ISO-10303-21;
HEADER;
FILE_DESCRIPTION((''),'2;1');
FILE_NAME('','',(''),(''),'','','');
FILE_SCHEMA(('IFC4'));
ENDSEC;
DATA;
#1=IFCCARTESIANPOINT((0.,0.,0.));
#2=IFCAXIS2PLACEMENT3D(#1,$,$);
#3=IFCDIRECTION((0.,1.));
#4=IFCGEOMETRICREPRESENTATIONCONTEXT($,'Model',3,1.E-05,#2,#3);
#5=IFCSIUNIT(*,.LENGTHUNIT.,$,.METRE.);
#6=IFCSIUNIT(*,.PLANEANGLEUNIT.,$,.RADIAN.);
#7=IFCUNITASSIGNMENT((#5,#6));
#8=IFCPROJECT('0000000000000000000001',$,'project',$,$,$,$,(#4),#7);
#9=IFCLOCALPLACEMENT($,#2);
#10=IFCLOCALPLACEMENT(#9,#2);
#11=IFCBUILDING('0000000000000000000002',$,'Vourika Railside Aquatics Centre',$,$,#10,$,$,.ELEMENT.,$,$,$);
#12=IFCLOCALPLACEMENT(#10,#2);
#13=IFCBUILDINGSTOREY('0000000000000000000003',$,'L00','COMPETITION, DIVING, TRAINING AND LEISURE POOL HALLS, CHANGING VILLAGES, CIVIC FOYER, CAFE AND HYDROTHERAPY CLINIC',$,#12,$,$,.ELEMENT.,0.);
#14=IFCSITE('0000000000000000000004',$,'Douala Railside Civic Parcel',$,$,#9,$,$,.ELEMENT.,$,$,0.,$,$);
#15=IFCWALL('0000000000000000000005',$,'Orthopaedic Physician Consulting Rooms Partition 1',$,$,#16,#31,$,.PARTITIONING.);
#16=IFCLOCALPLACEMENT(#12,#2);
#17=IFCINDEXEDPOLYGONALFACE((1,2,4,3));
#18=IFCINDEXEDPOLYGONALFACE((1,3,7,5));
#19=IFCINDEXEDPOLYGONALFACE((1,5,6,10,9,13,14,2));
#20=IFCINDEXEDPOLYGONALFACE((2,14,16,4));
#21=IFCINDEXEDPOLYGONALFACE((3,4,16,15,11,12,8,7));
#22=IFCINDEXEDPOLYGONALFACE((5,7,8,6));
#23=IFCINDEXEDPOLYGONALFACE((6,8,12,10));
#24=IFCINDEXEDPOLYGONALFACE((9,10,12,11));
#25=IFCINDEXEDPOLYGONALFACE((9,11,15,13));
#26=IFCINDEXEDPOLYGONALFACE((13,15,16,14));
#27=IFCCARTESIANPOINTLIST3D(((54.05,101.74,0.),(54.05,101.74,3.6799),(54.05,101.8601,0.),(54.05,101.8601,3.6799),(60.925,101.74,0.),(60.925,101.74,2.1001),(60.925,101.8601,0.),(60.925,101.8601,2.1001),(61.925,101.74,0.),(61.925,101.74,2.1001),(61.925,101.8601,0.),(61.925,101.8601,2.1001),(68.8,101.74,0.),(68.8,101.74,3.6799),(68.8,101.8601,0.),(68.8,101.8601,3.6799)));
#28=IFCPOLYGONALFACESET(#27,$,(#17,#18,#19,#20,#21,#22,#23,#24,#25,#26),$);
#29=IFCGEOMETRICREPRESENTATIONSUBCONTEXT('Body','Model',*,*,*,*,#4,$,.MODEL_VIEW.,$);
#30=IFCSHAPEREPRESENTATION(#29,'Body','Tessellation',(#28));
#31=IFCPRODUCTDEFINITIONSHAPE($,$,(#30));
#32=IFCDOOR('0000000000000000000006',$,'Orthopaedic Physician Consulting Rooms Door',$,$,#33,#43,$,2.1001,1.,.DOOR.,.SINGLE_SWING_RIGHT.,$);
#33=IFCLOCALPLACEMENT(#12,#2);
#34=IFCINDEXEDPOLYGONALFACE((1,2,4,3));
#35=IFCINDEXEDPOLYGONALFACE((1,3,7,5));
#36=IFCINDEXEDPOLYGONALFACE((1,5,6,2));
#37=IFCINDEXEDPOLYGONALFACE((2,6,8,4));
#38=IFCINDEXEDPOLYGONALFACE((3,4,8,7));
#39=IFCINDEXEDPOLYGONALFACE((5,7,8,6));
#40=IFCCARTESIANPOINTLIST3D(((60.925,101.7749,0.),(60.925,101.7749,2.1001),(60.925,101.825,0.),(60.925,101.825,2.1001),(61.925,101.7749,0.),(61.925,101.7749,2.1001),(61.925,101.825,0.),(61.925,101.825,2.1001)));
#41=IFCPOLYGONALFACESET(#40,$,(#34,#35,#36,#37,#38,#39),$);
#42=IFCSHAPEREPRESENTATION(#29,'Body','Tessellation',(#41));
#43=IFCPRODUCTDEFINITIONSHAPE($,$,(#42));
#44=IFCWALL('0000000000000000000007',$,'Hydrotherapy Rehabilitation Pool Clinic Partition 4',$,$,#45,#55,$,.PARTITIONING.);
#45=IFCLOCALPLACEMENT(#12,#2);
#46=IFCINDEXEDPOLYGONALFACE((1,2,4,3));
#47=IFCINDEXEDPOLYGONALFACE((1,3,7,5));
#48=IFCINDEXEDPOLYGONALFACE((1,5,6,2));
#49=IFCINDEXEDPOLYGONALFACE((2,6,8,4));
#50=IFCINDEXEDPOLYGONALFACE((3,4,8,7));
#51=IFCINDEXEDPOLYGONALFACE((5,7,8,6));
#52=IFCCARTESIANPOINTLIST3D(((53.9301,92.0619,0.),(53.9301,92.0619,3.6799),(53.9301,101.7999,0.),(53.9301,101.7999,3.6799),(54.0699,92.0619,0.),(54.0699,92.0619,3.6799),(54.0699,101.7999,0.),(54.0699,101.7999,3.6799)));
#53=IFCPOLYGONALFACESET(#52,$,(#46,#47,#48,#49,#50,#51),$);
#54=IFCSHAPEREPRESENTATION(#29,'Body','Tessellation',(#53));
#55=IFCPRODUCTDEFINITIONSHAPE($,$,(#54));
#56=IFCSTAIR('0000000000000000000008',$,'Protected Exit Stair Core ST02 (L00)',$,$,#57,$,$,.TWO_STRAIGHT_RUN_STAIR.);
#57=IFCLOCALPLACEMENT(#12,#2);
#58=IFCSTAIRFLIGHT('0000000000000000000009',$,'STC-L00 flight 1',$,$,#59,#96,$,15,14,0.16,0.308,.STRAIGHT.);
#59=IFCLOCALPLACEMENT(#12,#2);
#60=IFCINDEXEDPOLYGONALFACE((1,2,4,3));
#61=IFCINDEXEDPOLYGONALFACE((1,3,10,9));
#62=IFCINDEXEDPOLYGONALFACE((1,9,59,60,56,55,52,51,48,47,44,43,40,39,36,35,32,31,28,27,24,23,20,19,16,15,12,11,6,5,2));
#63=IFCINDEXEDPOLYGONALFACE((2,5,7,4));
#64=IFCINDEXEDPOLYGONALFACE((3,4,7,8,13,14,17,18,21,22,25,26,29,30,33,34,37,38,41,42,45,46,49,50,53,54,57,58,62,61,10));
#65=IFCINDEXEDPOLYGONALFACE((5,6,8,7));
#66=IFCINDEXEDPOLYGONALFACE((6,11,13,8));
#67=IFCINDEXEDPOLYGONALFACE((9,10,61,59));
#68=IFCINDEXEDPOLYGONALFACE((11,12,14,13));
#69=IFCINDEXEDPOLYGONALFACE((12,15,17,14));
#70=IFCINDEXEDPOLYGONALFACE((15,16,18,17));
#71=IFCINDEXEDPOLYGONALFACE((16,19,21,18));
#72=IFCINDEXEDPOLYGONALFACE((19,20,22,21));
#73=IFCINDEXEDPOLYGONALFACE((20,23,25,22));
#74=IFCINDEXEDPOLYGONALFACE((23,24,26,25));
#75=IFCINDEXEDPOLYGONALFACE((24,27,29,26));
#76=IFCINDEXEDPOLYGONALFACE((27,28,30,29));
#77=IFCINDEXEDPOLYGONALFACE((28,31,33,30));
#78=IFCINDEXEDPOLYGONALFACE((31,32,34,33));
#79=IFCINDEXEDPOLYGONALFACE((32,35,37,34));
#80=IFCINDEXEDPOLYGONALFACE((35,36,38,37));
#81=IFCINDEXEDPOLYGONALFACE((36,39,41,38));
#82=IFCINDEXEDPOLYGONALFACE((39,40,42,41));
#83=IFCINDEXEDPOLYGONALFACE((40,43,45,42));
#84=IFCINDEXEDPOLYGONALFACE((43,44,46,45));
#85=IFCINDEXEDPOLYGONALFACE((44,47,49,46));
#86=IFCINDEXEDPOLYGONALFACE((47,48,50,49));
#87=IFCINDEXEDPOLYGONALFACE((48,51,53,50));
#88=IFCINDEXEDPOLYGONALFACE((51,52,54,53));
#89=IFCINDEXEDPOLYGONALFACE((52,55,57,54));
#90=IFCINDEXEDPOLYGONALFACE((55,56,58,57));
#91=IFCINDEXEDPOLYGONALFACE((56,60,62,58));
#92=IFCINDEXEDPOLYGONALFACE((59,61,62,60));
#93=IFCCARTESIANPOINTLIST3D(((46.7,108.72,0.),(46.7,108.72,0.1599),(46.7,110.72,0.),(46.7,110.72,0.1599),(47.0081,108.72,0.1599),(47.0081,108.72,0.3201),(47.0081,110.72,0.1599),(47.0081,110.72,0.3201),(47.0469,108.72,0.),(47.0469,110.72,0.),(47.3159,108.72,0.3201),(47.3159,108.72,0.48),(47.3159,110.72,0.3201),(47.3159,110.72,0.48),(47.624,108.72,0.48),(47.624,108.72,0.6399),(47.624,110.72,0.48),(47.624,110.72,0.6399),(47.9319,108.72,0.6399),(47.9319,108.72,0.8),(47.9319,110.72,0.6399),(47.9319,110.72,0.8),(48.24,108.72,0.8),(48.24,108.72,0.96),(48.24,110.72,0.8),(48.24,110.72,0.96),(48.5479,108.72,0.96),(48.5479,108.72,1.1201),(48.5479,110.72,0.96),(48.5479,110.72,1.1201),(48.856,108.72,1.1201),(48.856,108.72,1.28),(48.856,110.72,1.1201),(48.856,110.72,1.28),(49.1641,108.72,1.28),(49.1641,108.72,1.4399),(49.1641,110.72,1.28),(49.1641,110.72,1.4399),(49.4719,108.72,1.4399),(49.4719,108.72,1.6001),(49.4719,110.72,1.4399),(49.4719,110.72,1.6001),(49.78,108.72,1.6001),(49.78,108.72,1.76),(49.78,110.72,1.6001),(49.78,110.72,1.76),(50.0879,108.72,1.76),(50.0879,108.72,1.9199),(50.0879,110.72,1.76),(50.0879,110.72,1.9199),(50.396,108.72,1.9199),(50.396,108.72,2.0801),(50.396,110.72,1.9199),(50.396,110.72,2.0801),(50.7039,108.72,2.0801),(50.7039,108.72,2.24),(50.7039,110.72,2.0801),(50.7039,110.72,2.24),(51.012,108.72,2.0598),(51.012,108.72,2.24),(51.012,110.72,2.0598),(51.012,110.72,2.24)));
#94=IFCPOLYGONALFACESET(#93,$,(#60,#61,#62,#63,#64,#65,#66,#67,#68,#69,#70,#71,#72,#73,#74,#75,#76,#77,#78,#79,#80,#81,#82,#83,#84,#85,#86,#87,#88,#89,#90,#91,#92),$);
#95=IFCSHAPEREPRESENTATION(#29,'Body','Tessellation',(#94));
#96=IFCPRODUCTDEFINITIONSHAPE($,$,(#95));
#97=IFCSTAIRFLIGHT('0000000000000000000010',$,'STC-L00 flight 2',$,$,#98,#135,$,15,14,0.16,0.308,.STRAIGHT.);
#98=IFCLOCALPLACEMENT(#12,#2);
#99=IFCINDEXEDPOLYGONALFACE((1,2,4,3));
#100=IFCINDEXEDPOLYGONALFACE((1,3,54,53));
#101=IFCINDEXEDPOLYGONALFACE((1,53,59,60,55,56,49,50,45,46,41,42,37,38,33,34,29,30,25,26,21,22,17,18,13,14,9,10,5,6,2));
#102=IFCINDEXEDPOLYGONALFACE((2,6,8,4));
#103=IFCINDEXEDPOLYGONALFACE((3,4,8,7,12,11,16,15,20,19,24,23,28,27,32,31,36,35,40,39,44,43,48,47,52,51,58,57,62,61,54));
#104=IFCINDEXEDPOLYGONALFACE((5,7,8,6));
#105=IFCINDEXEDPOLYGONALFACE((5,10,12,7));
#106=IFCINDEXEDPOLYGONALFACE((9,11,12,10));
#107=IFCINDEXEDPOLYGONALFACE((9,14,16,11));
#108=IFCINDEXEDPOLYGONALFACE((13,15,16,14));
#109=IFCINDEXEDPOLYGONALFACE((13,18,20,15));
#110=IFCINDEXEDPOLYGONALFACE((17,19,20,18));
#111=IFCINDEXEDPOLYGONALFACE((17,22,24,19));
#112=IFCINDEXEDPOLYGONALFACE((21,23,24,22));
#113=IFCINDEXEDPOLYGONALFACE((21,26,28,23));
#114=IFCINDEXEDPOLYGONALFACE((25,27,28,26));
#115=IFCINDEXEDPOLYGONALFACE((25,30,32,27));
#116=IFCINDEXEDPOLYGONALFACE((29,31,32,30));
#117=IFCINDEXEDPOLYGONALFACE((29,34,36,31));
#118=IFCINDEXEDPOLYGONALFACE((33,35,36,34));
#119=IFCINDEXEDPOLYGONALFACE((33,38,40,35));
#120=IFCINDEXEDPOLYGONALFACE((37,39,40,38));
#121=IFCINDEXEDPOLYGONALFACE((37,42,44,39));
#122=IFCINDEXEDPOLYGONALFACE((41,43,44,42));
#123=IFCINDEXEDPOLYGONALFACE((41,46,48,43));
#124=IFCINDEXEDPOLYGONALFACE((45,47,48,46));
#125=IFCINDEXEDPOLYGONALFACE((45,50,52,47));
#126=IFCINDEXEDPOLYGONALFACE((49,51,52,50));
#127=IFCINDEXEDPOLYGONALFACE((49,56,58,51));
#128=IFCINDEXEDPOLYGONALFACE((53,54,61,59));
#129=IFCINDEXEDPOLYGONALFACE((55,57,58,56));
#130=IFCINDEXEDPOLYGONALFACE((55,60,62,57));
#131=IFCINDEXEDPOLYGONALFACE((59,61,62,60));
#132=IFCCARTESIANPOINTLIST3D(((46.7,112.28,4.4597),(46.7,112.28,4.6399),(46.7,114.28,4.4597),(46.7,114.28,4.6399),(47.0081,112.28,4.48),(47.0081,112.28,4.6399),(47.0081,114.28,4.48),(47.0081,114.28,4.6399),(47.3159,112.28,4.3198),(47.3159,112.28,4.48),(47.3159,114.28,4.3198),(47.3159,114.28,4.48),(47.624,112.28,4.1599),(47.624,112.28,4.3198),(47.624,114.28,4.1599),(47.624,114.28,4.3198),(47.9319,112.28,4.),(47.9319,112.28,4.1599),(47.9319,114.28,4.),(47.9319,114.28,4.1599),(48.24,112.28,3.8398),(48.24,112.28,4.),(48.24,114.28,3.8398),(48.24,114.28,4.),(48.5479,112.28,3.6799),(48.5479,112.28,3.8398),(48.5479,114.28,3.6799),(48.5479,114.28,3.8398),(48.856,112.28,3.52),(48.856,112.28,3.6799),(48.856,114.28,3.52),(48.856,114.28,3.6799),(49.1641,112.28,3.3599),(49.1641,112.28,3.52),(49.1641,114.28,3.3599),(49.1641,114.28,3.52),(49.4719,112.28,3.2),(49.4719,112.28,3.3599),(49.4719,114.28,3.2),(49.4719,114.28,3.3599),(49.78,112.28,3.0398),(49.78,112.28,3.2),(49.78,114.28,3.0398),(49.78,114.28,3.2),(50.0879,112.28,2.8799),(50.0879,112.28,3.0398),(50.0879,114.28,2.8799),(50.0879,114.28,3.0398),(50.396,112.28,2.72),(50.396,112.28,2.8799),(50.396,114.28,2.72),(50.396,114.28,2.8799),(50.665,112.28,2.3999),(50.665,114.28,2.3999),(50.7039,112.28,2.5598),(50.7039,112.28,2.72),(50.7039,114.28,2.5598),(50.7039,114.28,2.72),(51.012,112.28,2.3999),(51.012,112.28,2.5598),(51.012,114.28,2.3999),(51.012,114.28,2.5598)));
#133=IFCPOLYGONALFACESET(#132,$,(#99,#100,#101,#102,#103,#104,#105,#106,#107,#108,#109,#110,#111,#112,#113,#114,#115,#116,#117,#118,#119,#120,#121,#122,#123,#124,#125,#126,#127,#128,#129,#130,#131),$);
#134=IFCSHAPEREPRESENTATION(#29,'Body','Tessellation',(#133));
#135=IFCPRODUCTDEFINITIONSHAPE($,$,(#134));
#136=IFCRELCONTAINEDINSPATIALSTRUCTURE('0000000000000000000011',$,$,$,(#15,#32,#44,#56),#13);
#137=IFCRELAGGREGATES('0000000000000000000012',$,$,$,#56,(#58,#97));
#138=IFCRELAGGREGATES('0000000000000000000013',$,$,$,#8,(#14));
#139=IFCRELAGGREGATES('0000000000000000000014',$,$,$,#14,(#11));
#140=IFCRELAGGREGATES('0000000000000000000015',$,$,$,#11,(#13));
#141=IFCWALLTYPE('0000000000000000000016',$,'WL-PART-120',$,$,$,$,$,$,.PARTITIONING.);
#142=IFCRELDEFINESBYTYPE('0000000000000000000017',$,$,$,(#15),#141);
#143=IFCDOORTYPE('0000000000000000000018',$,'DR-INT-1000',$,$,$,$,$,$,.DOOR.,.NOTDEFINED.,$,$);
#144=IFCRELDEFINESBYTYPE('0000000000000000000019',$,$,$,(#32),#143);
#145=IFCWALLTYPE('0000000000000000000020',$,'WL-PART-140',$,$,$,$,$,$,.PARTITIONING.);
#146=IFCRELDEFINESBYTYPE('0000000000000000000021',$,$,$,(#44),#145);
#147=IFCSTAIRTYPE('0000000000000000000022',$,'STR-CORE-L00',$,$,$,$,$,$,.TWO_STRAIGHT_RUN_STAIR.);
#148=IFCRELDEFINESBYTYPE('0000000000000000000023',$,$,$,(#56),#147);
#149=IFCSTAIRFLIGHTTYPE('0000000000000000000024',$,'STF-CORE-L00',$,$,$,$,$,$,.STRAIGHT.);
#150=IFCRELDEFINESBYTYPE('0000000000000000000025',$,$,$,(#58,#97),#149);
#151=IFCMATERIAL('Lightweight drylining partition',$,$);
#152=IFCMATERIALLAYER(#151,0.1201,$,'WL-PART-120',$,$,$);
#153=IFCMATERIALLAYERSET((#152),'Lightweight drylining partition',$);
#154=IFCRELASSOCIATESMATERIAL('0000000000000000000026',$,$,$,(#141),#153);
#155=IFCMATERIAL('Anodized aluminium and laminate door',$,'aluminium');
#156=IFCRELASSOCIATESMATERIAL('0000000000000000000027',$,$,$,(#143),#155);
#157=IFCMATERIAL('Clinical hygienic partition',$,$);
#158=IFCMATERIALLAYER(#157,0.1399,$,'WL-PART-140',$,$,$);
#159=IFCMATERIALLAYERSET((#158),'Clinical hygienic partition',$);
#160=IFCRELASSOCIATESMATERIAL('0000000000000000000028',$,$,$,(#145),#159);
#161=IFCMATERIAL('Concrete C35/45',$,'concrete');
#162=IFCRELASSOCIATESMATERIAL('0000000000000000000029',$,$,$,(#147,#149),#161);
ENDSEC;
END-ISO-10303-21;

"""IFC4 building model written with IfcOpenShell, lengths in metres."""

from ifc_helpers import new_model, si_unit, direction, frame, frame_2d, origin, place, context, subcontext, project, spatial, polyline, rectangle, outline, extrude, material, layer, layer_set, type_object, element, fill, aggregate, save


model = new_model("IFC4")

# Units and contexts
model_context = context("Model", 3, precision=1e-05, world=origin(), true_north=direction((0.0, 1.0)))
body_context = subcontext(model_context, "Body", "Model", "MODEL_VIEW")
ifc_project = project(units=[si_unit("LENGTHUNIT", "METRE"), si_unit("PLANEANGLEUNIT", "RADIAN")], contexts=[model_context])

# Site, building, storey
site_placement = place(None, origin())
site = spatial("IfcSite", under=ifc_project, at=site_placement, Name="Douala Railside Civic Parcel", CompositionType="ELEMENT", RefElevation=0.0)
building_placement = place(site_placement, origin())
building = spatial("IfcBuilding", under=site, at=building_placement, Name="Vourika Railside Aquatics Centre", CompositionType="ELEMENT")
storey_placement = place(building_placement, origin())
storey = spatial("IfcBuildingStorey", under=building, at=storey_placement, Name="L00", Description="COMPETITION, DIVING, TRAINING AND LEISURE POOL HALLS, CHANGING VILLAGES, CIVIC FOYER, CAFE AND HYDROTHERAPY CLINIC", CompositionType="ELEMENT", Elevation=0.0)

# Shared definitions
ifc_material_1 = material(Name="Concrete C35/45", Category="concrete")

# Wall, opening, door
ifc_material_2 = material(Name="Lightweight drylining partition")
ifc_layer_1 = layer(ifc_material_2, 0.1201, Name="WL-PART-120")
ifc_layer_set_1 = layer_set([ifc_layer_1], Name="Lightweight drylining partition")
wall_type_1 = type_object("IfcWallType", Name="WL-PART-120", PredefinedType="PARTITIONING", material=ifc_layer_set_1)
wall_1_placement = place(storey_placement, frame((54.05, 101.8, 0.0), z_axis=(0.0, 0.0, 1.0), x_axis=(1.0, 0.0, 0.0)))
wall_1 = element("IfcWall", 1, at=wall_1_placement, inside=storey, type_object=wall_type_1, Name="Orthopaedic Physician Consulting Rooms Partition 1", PredefinedType="PARTITIONING", context=body_context, shape_type="SweptSolid", body=[
    extrude(rectangle(XDim=14.75, YDim=0.1201, at=frame_2d((7.375, 0.0))), origin(), (0.0, 0.0, 1.0), 3.6799),
])
opening_1_placement = place(wall_1_placement, frame((6.875, 0.0, 0.0)))
opening_1 = element("IfcOpeningElement", 2, at=opening_1_placement, cuts=wall_1, PredefinedType="OPENING", context=body_context, shape_type="SweptSolid", body=[
    extrude(rectangle(XDim=1.0, YDim=2.1001, at=frame_2d((0.5, 1.05))), frame((0.0, 0.0701, 0.0), z_axis=(0.0, -1.0, 0.0), x_axis=(1.0, 0.0, 0.0)), (0.0, 0.0, 1.0), 0.1401),
])
ifc_material_3 = material(Name="Anodized aluminium and laminate door", Category="aluminium")
door_type = type_object("IfcDoorType", Name="DR-INT-1000", OperationType="NOTDEFINED", PredefinedType="DOOR", material=ifc_material_3)
door_placement = place(opening_1_placement, origin())
door = element("IfcDoor", 3, at=door_placement, inside=storey, type_object=door_type, Name="Orthopaedic Physician Consulting Rooms Door", OperationType="SINGLE_SWING_RIGHT", OverallHeight=2.1001, OverallWidth=1.0, PredefinedType="DOOR", context=body_context, shape_type="SweptSolid", body=[
    extrude(rectangle(XDim=1.0, YDim=2.1001, at=frame_2d((0.5, 1.05))), frame((0.0, 0.0249, 0.0), z_axis=(0.0, -1.0, 0.0), x_axis=(1.0, 0.0, 0.0)), (0.0, 0.0, 1.0), 0.05),
])
fill(opening_1, door)

# Wall
ifc_material_4 = material(Name="Clinical hygienic partition")
ifc_layer_2 = layer(ifc_material_4, 0.1399, Name="WL-PART-140")
ifc_layer_set_2 = layer_set([ifc_layer_2], Name="Clinical hygienic partition")
wall_type_2 = type_object("IfcWallType", Name="WL-PART-140", PredefinedType="PARTITIONING", material=ifc_layer_set_2)
wall_2_placement = place(storey_placement, frame((54.0, 101.8, 0.0), z_axis=(0.0, 0.0, 1.0), x_axis=(0.0, -1.0, 0.0)))
element("IfcWall", 4, at=wall_2_placement, inside=storey, type_object=wall_type_2, Name="Hydrotherapy Rehabilitation Pool Clinic Partition 4", PredefinedType="PARTITIONING", context=body_context, shape_type="SweptSolid", body=[
    extrude(rectangle(XDim=9.738, YDim=0.1399, at=frame_2d((4.8691, 0.0))), origin(), (0.0, 0.0, 1.0), 3.6799),
])

# Stair, stair flights
stair_type = type_object("IfcStairType", Name="STR-CORE-L00", PredefinedType="TWO_STRAIGHT_RUN_STAIR", material=ifc_material_1)
stair_placement = place(storey_placement, origin())
stair = element("IfcStair", 5, at=stair_placement, inside=storey, type_object=stair_type, Name="Protected Exit Stair Core ST02 (L00)", PredefinedType="TWO_STRAIGHT_RUN_STAIR")
stair_flight_type = type_object("IfcStairFlightType", Name="STF-CORE-L00", PredefinedType="STRAIGHT", material=ifc_material_1)
stair_flight_1_placement = place(storey_placement, frame((46.7, 109.72, 0.0), z_axis=(0.0, 0.0, 1.0), x_axis=(1.0, 0.0, 0.0)))
stair_flight_1 = element("IfcStairFlight", 6, at=stair_flight_1_placement, type_object=stair_flight_type, Name="STC-L00 flight 1", NumberOfRisers=15, NumberOfTreads=14, PredefinedType="STRAIGHT", RiserHeight=0.16, TreadLength=0.308, context=body_context, shape_type="SweptSolid", body=[
    extrude(outline(polyline([(0.0, 0.0), (0.0, 0.1599), (0.3081, 0.1599), (0.3081, 0.3201), (0.616, 0.3201), (0.616, 0.48), (0.9241, 0.48), (0.9241, 0.6399), (1.2319, 0.6399), (1.2319, 0.8), (1.54, 0.8), (1.54, 0.96), (1.8479, 0.96), (1.8479, 1.1201), (2.156, 1.1201), (2.156, 1.28), (2.4641, 1.28), (2.4641, 1.4399), (2.772, 1.4399), (2.772, 1.6001), (3.0801, 1.6001), (3.0801, 1.76), (3.3879, 1.76), (3.3879, 1.9199), (3.696, 1.9199), (3.696, 2.0801), (4.0039, 2.0801), (4.0039, 2.24), (4.312, 2.24), (4.312, 2.3999), (4.312, 2.0598), (0.3469, 0.0), (0.0, 0.0)])), frame((0.0, 1.0, 0.0), z_axis=(0.0, -1.0, 0.0), x_axis=(1.0, 0.0, 0.0)), (0.0, 0.0, 1.0), 2.0),
])
stair_flight_2_placement = place(storey_placement, frame((51.012, 113.28, 2.3999), z_axis=(0.0, 0.0, 1.0), x_axis=(-1.0, 0.0, 0.0)))
stair_flight_2 = element("IfcStairFlight", 7, at=stair_flight_2_placement, type_object=stair_flight_type, Name="STC-L00 flight 2", NumberOfRisers=15, NumberOfTreads=14, PredefinedType="STRAIGHT", RiserHeight=0.16, TreadLength=0.308, context=body_context, shape_type="SweptSolid", body=[
    extrude(outline(polyline([(0.0, 0.0), (0.0, 0.1599), (0.3081, 0.1599), (0.3081, 0.3201), (0.616, 0.3201), (0.616, 0.48), (0.9241, 0.48), (0.9241, 0.6399), (1.2319, 0.6399), (1.2319, 0.8), (1.54, 0.8), (1.54, 0.96), (1.8479, 0.96), (1.8479, 1.1201), (2.156, 1.1201), (2.156, 1.28), (2.4641, 1.28), (2.4641, 1.4399), (2.772, 1.4399), (2.772, 1.6001), (3.0801, 1.6001), (3.0801, 1.76), (3.3879, 1.76), (3.3879, 1.9199), (3.696, 1.9199), (3.696, 2.0801), (4.0039, 2.0801), (4.0039, 2.24), (4.312, 2.24), (4.312, 2.3999), (4.312, 2.0598), (0.3469, 0.0), (0.0, 0.0)])), frame((0.0, 1.0, 0.0), z_axis=(0.0, -1.0, 0.0), x_axis=(1.0, 0.0, 0.0)), (0.0, 0.0, 1.0), 2.0),
])
aggregate(stair, [stair_flight_1, stair_flight_2])

save(model, "model.ifc")
